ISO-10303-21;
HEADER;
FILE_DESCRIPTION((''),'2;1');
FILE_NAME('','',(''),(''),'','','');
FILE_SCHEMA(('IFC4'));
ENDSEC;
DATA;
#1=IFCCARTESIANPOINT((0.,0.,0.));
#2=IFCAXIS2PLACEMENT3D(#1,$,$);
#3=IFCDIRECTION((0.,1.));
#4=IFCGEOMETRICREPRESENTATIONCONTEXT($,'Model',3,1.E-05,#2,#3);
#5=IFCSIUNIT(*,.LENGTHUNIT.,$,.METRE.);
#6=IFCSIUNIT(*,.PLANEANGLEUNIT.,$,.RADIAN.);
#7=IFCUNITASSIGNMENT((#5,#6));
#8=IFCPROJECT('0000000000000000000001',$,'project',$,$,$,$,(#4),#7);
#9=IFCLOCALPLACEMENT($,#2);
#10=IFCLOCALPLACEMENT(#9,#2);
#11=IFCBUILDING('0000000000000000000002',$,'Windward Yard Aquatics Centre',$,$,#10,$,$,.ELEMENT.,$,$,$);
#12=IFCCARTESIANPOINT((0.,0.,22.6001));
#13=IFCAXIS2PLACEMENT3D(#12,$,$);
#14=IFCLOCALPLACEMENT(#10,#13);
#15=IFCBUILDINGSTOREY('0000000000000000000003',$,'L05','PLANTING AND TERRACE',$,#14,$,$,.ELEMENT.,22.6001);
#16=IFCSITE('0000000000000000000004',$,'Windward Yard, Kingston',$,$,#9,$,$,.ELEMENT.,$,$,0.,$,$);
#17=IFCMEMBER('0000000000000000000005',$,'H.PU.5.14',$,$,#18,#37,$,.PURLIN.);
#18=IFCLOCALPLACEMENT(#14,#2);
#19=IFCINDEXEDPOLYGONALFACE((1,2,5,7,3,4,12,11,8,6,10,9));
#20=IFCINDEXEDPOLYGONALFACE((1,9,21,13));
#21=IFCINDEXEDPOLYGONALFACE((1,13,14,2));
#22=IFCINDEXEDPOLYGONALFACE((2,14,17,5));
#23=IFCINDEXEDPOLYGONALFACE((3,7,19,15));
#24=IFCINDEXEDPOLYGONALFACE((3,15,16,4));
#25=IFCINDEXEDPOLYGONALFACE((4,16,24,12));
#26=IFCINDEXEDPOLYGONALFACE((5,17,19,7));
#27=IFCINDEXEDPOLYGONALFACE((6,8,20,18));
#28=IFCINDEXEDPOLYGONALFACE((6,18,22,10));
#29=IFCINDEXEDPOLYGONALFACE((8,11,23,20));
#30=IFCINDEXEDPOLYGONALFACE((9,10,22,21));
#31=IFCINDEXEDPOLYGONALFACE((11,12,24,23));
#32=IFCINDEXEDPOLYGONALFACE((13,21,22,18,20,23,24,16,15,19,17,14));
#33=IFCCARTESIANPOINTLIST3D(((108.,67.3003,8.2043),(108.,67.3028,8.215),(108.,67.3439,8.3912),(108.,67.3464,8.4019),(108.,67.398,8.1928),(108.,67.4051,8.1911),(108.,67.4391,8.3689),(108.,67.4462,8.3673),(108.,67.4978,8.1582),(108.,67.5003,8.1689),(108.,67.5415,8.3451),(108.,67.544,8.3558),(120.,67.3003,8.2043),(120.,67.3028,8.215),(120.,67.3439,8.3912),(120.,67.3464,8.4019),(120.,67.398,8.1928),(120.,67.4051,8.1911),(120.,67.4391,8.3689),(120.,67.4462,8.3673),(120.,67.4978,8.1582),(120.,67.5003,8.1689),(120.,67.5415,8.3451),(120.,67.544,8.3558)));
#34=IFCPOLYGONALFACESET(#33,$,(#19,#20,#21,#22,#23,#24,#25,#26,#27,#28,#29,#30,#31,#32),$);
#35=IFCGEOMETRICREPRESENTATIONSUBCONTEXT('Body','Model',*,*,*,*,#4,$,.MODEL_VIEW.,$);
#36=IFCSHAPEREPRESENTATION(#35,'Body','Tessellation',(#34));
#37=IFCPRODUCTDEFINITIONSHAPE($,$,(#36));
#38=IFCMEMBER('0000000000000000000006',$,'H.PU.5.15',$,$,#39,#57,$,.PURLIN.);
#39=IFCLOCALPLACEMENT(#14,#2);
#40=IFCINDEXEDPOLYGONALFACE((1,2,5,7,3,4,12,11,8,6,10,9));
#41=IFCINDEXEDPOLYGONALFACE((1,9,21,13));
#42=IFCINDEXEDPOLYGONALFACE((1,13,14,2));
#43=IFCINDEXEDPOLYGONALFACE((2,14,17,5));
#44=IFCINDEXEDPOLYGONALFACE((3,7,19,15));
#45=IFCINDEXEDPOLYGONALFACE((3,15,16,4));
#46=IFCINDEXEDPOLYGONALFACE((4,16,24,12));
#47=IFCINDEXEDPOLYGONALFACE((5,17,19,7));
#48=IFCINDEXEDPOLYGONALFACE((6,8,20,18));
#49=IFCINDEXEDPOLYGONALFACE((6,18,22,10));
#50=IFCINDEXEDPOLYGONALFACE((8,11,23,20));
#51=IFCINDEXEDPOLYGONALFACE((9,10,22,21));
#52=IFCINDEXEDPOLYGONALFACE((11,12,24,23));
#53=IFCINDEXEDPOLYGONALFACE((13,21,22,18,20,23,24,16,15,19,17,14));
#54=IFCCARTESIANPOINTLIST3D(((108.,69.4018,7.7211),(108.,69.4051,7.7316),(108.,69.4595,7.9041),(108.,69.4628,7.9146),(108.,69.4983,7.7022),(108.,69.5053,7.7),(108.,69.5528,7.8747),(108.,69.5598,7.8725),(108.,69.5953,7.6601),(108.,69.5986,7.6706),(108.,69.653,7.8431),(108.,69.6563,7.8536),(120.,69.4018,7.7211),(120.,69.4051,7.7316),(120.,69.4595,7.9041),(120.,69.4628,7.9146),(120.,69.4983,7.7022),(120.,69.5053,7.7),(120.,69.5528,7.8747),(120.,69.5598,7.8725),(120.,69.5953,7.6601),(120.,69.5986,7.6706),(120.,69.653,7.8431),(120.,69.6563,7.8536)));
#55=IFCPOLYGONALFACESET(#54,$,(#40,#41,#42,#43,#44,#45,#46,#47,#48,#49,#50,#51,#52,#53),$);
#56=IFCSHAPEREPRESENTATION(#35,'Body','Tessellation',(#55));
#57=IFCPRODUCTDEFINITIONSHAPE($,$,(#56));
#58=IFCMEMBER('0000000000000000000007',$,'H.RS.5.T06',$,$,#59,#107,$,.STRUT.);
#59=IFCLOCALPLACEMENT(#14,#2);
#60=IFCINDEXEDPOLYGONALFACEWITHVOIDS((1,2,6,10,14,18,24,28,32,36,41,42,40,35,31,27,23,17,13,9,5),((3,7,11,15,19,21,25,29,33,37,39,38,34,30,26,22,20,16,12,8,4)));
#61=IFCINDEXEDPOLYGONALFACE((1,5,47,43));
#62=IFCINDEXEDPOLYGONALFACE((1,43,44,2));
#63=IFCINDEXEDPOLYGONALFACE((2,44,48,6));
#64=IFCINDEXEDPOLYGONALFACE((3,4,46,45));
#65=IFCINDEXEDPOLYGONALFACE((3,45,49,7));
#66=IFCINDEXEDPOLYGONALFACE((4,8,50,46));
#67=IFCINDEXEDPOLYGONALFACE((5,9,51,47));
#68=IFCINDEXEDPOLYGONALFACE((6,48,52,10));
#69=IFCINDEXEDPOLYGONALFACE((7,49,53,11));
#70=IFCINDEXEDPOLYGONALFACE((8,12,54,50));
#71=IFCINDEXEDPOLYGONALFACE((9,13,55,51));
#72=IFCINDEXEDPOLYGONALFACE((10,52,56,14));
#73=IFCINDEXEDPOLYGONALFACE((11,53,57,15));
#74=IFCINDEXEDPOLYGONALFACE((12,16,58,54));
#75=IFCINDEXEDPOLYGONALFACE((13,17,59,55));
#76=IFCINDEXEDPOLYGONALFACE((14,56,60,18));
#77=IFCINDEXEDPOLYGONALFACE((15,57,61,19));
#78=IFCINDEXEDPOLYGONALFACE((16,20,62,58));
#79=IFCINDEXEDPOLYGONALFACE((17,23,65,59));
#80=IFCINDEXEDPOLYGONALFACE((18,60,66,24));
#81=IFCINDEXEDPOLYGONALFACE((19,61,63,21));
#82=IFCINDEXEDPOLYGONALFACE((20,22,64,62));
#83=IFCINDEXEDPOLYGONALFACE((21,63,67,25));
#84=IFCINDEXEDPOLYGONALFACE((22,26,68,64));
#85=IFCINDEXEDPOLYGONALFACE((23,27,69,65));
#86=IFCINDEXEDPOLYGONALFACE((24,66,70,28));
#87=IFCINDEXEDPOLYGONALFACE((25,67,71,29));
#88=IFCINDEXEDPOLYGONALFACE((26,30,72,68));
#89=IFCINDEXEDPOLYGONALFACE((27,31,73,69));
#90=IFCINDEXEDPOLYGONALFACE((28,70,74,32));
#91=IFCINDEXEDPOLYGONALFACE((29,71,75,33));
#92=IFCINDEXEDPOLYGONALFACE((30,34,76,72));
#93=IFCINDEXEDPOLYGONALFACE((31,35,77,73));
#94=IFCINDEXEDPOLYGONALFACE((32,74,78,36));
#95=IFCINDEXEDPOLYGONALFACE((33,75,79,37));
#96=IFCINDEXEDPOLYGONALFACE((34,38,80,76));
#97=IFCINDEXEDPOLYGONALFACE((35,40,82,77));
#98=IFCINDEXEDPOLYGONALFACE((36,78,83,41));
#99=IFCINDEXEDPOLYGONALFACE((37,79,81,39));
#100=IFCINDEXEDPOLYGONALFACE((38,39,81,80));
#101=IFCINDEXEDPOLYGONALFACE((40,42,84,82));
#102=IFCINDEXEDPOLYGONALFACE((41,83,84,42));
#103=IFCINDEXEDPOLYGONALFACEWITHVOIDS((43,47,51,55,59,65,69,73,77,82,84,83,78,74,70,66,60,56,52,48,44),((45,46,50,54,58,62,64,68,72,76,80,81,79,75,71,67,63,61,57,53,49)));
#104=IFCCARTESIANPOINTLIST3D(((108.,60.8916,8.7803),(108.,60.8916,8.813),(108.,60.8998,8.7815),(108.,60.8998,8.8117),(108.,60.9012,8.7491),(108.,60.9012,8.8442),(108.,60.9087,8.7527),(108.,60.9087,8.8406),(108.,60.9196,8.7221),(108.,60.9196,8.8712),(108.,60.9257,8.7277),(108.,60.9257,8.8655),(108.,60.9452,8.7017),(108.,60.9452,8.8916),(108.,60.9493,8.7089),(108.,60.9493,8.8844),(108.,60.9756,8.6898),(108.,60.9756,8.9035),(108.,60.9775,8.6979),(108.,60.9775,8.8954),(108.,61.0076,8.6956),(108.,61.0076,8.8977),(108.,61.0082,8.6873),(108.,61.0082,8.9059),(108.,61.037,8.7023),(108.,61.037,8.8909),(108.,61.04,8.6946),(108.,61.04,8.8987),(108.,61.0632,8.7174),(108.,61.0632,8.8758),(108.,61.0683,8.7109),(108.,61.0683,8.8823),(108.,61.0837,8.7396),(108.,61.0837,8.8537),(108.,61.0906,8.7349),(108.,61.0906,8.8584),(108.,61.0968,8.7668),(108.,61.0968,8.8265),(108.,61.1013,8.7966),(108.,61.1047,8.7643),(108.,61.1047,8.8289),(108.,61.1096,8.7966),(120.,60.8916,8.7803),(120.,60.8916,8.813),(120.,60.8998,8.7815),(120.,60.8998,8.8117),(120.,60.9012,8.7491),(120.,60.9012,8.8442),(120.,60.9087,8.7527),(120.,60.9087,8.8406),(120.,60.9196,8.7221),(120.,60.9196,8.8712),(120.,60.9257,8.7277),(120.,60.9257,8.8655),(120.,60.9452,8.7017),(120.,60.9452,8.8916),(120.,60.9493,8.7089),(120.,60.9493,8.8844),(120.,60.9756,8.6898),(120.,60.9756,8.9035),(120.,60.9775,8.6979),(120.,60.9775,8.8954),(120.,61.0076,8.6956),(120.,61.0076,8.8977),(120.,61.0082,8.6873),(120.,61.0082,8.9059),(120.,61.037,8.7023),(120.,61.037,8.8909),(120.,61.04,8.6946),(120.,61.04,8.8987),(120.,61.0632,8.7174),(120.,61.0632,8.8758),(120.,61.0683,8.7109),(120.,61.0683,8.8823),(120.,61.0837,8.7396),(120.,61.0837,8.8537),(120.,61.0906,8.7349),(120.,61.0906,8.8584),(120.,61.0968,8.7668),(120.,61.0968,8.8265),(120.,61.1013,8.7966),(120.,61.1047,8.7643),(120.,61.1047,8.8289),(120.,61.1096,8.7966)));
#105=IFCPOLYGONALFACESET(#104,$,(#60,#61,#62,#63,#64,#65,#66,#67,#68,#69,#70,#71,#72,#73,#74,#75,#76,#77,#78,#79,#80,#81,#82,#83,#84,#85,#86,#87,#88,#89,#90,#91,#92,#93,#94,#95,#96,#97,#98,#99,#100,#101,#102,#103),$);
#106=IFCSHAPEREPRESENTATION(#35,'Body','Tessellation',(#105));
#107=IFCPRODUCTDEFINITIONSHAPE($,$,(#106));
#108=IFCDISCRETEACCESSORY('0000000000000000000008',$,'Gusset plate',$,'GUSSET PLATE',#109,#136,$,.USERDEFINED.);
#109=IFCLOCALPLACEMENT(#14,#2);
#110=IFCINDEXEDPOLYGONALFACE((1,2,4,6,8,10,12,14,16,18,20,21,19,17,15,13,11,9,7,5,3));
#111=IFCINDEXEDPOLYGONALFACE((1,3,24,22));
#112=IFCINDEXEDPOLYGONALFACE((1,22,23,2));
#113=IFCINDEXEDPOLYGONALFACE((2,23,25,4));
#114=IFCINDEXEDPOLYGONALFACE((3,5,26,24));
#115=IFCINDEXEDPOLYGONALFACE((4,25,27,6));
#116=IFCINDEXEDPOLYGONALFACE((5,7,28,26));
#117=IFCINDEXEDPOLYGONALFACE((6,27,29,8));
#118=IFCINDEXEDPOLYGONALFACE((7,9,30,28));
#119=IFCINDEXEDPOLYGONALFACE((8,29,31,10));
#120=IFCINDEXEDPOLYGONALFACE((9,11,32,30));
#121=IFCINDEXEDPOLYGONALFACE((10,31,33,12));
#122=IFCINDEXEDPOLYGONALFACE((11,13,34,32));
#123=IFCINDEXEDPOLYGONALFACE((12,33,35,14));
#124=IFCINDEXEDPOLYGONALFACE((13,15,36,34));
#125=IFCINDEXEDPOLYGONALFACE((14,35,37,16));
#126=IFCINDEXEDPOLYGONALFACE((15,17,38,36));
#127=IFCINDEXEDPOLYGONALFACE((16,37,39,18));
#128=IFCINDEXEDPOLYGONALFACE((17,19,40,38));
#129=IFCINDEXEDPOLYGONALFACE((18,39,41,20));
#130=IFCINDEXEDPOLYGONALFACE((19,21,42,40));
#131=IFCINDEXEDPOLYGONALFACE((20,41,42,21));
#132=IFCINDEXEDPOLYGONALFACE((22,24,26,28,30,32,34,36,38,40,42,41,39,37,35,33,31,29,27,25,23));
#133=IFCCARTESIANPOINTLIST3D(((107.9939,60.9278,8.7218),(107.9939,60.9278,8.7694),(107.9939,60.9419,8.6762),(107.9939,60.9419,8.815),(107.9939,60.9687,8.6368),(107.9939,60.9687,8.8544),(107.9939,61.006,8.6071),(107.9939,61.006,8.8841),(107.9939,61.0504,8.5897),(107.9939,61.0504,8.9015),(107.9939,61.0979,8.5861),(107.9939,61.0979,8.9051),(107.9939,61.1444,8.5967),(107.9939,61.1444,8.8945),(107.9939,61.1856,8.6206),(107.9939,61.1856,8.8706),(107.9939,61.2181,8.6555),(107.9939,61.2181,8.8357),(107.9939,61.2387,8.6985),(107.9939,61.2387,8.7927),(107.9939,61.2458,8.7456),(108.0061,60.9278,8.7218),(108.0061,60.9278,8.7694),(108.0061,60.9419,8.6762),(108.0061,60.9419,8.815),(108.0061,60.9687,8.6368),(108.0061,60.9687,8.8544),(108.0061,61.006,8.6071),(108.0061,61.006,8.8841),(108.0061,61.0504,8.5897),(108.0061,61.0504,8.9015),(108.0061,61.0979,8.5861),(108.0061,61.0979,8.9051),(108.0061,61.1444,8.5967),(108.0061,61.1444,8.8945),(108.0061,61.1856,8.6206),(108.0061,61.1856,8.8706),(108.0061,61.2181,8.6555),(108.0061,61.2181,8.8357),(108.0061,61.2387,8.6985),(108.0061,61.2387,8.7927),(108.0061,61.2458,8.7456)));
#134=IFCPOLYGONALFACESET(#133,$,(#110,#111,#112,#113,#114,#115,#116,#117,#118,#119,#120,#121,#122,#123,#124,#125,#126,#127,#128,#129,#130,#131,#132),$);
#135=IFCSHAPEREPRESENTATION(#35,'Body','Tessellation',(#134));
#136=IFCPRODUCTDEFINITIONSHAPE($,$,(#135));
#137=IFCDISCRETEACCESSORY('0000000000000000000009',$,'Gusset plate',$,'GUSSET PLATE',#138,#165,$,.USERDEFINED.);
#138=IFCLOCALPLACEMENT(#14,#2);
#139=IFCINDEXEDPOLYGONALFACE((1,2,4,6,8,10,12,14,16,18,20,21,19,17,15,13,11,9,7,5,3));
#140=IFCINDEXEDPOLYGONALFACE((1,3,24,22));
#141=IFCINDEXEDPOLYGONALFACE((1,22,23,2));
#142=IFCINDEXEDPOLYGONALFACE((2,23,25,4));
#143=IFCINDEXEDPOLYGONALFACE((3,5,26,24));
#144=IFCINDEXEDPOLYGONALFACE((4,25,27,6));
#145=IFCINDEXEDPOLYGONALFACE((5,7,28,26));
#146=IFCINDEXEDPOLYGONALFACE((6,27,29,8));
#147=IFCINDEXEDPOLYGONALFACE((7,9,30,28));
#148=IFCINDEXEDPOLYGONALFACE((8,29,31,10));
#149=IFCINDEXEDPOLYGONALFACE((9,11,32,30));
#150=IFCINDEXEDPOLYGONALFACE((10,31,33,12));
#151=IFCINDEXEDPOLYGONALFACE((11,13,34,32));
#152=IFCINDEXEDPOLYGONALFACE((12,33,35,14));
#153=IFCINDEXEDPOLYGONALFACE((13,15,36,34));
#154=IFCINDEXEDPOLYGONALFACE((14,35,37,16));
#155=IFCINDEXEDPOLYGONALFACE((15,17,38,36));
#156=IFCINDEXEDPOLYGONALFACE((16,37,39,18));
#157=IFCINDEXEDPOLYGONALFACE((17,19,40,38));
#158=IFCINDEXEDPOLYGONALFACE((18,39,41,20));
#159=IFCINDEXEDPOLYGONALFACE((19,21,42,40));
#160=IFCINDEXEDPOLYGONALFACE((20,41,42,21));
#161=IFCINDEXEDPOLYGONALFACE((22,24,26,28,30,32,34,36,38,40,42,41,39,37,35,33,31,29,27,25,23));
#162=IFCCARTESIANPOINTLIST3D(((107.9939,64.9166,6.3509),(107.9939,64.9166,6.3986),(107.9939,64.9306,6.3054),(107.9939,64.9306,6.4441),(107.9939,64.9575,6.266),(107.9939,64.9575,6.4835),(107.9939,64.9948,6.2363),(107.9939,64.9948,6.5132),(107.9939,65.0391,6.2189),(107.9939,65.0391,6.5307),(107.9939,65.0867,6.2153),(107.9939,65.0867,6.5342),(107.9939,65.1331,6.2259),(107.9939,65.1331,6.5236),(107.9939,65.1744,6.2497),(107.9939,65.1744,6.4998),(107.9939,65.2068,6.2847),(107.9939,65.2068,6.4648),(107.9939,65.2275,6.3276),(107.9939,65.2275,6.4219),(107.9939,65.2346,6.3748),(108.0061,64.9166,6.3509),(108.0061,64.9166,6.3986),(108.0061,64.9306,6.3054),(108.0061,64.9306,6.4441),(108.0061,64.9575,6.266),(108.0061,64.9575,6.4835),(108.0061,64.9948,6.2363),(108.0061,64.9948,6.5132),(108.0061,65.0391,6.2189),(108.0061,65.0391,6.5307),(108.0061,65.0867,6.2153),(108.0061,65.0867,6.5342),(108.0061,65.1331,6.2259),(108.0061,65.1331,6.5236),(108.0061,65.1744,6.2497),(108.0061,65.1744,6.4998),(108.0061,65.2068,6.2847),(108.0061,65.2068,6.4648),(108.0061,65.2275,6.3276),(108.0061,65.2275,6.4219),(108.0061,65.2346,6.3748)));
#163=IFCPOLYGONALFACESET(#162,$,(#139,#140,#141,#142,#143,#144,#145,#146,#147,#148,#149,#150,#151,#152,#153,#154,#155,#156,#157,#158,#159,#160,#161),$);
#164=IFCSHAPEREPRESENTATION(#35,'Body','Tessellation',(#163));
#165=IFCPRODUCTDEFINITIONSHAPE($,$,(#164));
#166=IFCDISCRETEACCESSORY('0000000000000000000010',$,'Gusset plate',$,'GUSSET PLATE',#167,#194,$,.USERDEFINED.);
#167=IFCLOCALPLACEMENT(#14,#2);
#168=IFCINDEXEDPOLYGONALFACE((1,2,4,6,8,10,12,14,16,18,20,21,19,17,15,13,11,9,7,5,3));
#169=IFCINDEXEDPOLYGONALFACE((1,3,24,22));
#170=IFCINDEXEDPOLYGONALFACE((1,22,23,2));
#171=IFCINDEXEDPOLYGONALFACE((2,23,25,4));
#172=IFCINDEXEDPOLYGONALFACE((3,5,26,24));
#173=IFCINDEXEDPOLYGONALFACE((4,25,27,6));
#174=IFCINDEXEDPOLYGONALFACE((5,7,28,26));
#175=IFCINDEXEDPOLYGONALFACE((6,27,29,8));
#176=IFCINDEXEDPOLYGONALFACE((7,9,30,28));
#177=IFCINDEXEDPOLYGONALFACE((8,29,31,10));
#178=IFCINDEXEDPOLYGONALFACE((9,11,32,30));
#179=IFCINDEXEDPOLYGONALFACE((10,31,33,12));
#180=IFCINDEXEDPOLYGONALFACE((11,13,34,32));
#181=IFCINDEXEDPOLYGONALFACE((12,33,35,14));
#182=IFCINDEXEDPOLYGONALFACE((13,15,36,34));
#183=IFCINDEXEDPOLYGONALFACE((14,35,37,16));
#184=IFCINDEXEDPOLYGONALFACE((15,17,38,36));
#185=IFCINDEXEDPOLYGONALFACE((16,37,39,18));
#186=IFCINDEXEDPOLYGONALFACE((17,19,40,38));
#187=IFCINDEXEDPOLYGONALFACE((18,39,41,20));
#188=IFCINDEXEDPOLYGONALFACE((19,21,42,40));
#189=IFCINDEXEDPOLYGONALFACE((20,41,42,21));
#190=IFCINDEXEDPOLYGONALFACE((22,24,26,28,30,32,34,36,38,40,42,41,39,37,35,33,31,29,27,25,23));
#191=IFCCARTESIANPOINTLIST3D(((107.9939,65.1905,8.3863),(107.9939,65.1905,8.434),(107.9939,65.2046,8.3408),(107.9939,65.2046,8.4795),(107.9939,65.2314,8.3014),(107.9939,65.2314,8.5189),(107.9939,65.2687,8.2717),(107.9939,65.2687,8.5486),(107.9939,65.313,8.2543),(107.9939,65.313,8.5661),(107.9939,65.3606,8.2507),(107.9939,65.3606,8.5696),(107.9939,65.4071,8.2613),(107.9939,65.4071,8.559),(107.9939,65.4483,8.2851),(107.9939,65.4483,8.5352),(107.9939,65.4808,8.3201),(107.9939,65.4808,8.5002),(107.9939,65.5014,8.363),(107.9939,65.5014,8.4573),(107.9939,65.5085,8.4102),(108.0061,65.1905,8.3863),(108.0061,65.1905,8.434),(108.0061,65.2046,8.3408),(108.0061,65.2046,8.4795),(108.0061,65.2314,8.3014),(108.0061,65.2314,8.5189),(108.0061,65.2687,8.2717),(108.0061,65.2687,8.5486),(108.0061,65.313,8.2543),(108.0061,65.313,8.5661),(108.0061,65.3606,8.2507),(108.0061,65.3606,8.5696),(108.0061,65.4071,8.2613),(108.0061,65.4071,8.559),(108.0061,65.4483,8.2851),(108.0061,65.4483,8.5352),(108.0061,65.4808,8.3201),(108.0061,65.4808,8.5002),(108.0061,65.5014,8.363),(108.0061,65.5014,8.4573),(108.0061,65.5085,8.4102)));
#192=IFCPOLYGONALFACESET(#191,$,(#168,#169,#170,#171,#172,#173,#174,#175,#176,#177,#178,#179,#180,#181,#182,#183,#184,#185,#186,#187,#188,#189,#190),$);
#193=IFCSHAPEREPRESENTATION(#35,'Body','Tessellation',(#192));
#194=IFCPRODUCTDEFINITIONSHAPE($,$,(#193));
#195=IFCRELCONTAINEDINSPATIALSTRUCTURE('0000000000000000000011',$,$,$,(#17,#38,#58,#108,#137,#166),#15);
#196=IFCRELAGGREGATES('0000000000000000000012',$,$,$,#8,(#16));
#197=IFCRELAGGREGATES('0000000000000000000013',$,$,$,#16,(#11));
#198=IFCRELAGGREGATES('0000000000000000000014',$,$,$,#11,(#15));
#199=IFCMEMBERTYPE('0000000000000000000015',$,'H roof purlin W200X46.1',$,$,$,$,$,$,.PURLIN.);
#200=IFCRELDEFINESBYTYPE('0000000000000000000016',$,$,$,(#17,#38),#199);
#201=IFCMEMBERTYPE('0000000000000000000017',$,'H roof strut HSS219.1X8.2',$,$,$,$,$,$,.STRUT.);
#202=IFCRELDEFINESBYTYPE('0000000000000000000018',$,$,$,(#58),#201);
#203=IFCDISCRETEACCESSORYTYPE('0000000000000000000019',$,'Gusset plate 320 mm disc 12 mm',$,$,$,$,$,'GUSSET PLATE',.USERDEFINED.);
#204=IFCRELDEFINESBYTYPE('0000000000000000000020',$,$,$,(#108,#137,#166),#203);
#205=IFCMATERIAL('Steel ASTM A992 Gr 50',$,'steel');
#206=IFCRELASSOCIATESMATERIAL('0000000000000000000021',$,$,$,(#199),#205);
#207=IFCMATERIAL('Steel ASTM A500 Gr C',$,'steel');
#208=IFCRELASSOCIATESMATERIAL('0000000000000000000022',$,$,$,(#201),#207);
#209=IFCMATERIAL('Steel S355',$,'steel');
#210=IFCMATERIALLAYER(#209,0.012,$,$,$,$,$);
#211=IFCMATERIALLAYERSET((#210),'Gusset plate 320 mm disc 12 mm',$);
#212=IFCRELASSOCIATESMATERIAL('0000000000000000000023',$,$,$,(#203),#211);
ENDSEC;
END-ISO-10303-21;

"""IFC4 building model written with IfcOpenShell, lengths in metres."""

from ifc_helpers import new_model, si_unit, direction, frame, origin, origin_2d, place, context, subcontext, project, spatial, circle, hollow_circle, i_section, extrude, material, layer, layer_set, material_profile, profile_set, type_object, element, save


model = new_model("IFC4")

# Units and contexts
model_context = context("Model", 3, precision=1e-05, world=origin(), true_north=direction((0.0, 1.0)))
body_context = subcontext(model_context, "Body", "Model", "MODEL_VIEW")
ifc_project = project(units=[si_unit("LENGTHUNIT", "METRE"), si_unit("PLANEANGLEUNIT", "RADIAN")], contexts=[model_context])

# Site, building, storey
site_placement = place(None, origin())
site = spatial("IfcSite", under=ifc_project, at=site_placement, Name="Windward Yard, Kingston", CompositionType="ELEMENT", RefElevation=0.0)
building_placement = place(site_placement, origin())
building = spatial("IfcBuilding", under=site, at=building_placement, Name="Windward Yard Aquatics Centre", CompositionType="ELEMENT")
storey_placement = place(building_placement, frame((0.0, 0.0, 22.6001)))
storey = spatial("IfcBuildingStorey", under=building, at=storey_placement, Name="L05", Description="PLANTING AND TERRACE", CompositionType="ELEMENT", Elevation=22.6001)

# Members
ifc_material_1 = material(Name="Steel ASTM A500 Gr C", Category="steel")
ifc_material_2 = material(Name="Steel ASTM A992 Gr 50", Category="steel")
ifc_material_profile_1 = material_profile(ifc_material_2, i_section(OverallWidth=0.2029, OverallDepth=0.2029, WebThickness=0.0073, FlangeThickness=0.011, at=origin_2d()), Name="W200X46.1")
ifc_profile_set_1 = profile_set([ifc_material_profile_1], Name="Steel ASTM A992 Gr 50")
member_type_1 = type_object("IfcMemberType", Name="H roof purlin W200X46.1", PredefinedType="PURLIN", material=ifc_profile_set_1)
for number, where, z_axis, x_axis, name in (
    (1, (108.0, 67.4221, 8.28), (1.0, 0.0, 0.0), (0.0, 0.973829, -0.227281), "H.PU.5.14"),
    (2, (108.0, 69.5291, 7.7874), (1.0, 0.0, 0.0), (0.0, 0.953633, -0.300973), "H.PU.5.15"),
):
    element("IfcMember", number, at=place(storey_placement, frame(where, z_axis=z_axis, x_axis=x_axis)), inside=storey, type_object=member_type_1, Name=name, PredefinedType="PURLIN", context=body_context, shape_type="SweptSolid", body=[
        extrude(i_section(OverallWidth=0.2029, OverallDepth=0.2029, WebThickness=0.0073, FlangeThickness=0.011, at=origin_2d()), origin(), (0.0, 0.0, 1.0), 12.0),
    ])
ifc_material_profile_2 = material_profile(ifc_material_1, hollow_circle(Radius=0.1096, WallThickness=0.0083, at=origin_2d()), Name="HSS219.1X8.2")
ifc_profile_set_2 = profile_set([ifc_material_profile_2], Name="Steel ASTM A500 Gr C")
member_type_2 = type_object("IfcMemberType", Name="H roof strut HSS219.1X8.2", PredefinedType="STRUT", material=ifc_profile_set_2)
member_1_placement = place(storey_placement, frame((108.0, 61.0, 8.7966), z_axis=(1.0, 0.0, 0.0), x_axis=(0.0, 1.0, 0.0)))
element("IfcMember", 3, at=member_1_placement, inside=storey, type_object=member_type_2, Name="H.RS.5.T06", PredefinedType="STRUT", context=body_context, shape_type="SweptSolid", body=[
    extrude(hollow_circle(Radius=0.1096, WallThickness=0.0083, at=origin_2d()), origin(), (0.0, 0.0, 1.0), 12.0),
])

# Discrete accessories
ifc_material_3 = material(Name="Steel S355", Category="steel")
ifc_layer = layer(ifc_material_3, 0.012)
ifc_layer_set = layer_set([ifc_layer], Name="Gusset plate 320 mm disc 12 mm")
discrete_accessory_type = type_object("IfcDiscreteAccessoryType", Name="Gusset plate 320 mm disc 12 mm", ElementType="GUSSET PLATE", PredefinedType="USERDEFINED", material=ifc_layer_set)
for number, where, z_axis, x_axis, name in (
    (4, (107.9939, 61.0859, 8.7456), (1.0, 0.0, 0.0), (0.0, 1.0, 0.0), "Gusset plate"),
    (5, (107.9939, 65.0747, 6.3748), (1.0, 0.0, 0.0), (0.0, 1.0, 0.0), "Gusset plate"),
    (6, (107.9939, 65.3486, 8.4102), (1.0, 0.0, 0.0), (0.0, 1.0, 0.0), "Gusset plate"),
):
    element("IfcDiscreteAccessory", number, at=place(storey_placement, frame(where, z_axis=z_axis, x_axis=x_axis)), inside=storey, type_object=discrete_accessory_type, Name=name, ObjectType="GUSSET PLATE", PredefinedType="USERDEFINED", context=body_context, shape_type="SweptSolid", body=[
        extrude(circle(Radius=0.1599, at=origin_2d()), origin(), (0.0, 0.0, 1.0), 0.0122),
    ])

save(model, "model.ifc")
